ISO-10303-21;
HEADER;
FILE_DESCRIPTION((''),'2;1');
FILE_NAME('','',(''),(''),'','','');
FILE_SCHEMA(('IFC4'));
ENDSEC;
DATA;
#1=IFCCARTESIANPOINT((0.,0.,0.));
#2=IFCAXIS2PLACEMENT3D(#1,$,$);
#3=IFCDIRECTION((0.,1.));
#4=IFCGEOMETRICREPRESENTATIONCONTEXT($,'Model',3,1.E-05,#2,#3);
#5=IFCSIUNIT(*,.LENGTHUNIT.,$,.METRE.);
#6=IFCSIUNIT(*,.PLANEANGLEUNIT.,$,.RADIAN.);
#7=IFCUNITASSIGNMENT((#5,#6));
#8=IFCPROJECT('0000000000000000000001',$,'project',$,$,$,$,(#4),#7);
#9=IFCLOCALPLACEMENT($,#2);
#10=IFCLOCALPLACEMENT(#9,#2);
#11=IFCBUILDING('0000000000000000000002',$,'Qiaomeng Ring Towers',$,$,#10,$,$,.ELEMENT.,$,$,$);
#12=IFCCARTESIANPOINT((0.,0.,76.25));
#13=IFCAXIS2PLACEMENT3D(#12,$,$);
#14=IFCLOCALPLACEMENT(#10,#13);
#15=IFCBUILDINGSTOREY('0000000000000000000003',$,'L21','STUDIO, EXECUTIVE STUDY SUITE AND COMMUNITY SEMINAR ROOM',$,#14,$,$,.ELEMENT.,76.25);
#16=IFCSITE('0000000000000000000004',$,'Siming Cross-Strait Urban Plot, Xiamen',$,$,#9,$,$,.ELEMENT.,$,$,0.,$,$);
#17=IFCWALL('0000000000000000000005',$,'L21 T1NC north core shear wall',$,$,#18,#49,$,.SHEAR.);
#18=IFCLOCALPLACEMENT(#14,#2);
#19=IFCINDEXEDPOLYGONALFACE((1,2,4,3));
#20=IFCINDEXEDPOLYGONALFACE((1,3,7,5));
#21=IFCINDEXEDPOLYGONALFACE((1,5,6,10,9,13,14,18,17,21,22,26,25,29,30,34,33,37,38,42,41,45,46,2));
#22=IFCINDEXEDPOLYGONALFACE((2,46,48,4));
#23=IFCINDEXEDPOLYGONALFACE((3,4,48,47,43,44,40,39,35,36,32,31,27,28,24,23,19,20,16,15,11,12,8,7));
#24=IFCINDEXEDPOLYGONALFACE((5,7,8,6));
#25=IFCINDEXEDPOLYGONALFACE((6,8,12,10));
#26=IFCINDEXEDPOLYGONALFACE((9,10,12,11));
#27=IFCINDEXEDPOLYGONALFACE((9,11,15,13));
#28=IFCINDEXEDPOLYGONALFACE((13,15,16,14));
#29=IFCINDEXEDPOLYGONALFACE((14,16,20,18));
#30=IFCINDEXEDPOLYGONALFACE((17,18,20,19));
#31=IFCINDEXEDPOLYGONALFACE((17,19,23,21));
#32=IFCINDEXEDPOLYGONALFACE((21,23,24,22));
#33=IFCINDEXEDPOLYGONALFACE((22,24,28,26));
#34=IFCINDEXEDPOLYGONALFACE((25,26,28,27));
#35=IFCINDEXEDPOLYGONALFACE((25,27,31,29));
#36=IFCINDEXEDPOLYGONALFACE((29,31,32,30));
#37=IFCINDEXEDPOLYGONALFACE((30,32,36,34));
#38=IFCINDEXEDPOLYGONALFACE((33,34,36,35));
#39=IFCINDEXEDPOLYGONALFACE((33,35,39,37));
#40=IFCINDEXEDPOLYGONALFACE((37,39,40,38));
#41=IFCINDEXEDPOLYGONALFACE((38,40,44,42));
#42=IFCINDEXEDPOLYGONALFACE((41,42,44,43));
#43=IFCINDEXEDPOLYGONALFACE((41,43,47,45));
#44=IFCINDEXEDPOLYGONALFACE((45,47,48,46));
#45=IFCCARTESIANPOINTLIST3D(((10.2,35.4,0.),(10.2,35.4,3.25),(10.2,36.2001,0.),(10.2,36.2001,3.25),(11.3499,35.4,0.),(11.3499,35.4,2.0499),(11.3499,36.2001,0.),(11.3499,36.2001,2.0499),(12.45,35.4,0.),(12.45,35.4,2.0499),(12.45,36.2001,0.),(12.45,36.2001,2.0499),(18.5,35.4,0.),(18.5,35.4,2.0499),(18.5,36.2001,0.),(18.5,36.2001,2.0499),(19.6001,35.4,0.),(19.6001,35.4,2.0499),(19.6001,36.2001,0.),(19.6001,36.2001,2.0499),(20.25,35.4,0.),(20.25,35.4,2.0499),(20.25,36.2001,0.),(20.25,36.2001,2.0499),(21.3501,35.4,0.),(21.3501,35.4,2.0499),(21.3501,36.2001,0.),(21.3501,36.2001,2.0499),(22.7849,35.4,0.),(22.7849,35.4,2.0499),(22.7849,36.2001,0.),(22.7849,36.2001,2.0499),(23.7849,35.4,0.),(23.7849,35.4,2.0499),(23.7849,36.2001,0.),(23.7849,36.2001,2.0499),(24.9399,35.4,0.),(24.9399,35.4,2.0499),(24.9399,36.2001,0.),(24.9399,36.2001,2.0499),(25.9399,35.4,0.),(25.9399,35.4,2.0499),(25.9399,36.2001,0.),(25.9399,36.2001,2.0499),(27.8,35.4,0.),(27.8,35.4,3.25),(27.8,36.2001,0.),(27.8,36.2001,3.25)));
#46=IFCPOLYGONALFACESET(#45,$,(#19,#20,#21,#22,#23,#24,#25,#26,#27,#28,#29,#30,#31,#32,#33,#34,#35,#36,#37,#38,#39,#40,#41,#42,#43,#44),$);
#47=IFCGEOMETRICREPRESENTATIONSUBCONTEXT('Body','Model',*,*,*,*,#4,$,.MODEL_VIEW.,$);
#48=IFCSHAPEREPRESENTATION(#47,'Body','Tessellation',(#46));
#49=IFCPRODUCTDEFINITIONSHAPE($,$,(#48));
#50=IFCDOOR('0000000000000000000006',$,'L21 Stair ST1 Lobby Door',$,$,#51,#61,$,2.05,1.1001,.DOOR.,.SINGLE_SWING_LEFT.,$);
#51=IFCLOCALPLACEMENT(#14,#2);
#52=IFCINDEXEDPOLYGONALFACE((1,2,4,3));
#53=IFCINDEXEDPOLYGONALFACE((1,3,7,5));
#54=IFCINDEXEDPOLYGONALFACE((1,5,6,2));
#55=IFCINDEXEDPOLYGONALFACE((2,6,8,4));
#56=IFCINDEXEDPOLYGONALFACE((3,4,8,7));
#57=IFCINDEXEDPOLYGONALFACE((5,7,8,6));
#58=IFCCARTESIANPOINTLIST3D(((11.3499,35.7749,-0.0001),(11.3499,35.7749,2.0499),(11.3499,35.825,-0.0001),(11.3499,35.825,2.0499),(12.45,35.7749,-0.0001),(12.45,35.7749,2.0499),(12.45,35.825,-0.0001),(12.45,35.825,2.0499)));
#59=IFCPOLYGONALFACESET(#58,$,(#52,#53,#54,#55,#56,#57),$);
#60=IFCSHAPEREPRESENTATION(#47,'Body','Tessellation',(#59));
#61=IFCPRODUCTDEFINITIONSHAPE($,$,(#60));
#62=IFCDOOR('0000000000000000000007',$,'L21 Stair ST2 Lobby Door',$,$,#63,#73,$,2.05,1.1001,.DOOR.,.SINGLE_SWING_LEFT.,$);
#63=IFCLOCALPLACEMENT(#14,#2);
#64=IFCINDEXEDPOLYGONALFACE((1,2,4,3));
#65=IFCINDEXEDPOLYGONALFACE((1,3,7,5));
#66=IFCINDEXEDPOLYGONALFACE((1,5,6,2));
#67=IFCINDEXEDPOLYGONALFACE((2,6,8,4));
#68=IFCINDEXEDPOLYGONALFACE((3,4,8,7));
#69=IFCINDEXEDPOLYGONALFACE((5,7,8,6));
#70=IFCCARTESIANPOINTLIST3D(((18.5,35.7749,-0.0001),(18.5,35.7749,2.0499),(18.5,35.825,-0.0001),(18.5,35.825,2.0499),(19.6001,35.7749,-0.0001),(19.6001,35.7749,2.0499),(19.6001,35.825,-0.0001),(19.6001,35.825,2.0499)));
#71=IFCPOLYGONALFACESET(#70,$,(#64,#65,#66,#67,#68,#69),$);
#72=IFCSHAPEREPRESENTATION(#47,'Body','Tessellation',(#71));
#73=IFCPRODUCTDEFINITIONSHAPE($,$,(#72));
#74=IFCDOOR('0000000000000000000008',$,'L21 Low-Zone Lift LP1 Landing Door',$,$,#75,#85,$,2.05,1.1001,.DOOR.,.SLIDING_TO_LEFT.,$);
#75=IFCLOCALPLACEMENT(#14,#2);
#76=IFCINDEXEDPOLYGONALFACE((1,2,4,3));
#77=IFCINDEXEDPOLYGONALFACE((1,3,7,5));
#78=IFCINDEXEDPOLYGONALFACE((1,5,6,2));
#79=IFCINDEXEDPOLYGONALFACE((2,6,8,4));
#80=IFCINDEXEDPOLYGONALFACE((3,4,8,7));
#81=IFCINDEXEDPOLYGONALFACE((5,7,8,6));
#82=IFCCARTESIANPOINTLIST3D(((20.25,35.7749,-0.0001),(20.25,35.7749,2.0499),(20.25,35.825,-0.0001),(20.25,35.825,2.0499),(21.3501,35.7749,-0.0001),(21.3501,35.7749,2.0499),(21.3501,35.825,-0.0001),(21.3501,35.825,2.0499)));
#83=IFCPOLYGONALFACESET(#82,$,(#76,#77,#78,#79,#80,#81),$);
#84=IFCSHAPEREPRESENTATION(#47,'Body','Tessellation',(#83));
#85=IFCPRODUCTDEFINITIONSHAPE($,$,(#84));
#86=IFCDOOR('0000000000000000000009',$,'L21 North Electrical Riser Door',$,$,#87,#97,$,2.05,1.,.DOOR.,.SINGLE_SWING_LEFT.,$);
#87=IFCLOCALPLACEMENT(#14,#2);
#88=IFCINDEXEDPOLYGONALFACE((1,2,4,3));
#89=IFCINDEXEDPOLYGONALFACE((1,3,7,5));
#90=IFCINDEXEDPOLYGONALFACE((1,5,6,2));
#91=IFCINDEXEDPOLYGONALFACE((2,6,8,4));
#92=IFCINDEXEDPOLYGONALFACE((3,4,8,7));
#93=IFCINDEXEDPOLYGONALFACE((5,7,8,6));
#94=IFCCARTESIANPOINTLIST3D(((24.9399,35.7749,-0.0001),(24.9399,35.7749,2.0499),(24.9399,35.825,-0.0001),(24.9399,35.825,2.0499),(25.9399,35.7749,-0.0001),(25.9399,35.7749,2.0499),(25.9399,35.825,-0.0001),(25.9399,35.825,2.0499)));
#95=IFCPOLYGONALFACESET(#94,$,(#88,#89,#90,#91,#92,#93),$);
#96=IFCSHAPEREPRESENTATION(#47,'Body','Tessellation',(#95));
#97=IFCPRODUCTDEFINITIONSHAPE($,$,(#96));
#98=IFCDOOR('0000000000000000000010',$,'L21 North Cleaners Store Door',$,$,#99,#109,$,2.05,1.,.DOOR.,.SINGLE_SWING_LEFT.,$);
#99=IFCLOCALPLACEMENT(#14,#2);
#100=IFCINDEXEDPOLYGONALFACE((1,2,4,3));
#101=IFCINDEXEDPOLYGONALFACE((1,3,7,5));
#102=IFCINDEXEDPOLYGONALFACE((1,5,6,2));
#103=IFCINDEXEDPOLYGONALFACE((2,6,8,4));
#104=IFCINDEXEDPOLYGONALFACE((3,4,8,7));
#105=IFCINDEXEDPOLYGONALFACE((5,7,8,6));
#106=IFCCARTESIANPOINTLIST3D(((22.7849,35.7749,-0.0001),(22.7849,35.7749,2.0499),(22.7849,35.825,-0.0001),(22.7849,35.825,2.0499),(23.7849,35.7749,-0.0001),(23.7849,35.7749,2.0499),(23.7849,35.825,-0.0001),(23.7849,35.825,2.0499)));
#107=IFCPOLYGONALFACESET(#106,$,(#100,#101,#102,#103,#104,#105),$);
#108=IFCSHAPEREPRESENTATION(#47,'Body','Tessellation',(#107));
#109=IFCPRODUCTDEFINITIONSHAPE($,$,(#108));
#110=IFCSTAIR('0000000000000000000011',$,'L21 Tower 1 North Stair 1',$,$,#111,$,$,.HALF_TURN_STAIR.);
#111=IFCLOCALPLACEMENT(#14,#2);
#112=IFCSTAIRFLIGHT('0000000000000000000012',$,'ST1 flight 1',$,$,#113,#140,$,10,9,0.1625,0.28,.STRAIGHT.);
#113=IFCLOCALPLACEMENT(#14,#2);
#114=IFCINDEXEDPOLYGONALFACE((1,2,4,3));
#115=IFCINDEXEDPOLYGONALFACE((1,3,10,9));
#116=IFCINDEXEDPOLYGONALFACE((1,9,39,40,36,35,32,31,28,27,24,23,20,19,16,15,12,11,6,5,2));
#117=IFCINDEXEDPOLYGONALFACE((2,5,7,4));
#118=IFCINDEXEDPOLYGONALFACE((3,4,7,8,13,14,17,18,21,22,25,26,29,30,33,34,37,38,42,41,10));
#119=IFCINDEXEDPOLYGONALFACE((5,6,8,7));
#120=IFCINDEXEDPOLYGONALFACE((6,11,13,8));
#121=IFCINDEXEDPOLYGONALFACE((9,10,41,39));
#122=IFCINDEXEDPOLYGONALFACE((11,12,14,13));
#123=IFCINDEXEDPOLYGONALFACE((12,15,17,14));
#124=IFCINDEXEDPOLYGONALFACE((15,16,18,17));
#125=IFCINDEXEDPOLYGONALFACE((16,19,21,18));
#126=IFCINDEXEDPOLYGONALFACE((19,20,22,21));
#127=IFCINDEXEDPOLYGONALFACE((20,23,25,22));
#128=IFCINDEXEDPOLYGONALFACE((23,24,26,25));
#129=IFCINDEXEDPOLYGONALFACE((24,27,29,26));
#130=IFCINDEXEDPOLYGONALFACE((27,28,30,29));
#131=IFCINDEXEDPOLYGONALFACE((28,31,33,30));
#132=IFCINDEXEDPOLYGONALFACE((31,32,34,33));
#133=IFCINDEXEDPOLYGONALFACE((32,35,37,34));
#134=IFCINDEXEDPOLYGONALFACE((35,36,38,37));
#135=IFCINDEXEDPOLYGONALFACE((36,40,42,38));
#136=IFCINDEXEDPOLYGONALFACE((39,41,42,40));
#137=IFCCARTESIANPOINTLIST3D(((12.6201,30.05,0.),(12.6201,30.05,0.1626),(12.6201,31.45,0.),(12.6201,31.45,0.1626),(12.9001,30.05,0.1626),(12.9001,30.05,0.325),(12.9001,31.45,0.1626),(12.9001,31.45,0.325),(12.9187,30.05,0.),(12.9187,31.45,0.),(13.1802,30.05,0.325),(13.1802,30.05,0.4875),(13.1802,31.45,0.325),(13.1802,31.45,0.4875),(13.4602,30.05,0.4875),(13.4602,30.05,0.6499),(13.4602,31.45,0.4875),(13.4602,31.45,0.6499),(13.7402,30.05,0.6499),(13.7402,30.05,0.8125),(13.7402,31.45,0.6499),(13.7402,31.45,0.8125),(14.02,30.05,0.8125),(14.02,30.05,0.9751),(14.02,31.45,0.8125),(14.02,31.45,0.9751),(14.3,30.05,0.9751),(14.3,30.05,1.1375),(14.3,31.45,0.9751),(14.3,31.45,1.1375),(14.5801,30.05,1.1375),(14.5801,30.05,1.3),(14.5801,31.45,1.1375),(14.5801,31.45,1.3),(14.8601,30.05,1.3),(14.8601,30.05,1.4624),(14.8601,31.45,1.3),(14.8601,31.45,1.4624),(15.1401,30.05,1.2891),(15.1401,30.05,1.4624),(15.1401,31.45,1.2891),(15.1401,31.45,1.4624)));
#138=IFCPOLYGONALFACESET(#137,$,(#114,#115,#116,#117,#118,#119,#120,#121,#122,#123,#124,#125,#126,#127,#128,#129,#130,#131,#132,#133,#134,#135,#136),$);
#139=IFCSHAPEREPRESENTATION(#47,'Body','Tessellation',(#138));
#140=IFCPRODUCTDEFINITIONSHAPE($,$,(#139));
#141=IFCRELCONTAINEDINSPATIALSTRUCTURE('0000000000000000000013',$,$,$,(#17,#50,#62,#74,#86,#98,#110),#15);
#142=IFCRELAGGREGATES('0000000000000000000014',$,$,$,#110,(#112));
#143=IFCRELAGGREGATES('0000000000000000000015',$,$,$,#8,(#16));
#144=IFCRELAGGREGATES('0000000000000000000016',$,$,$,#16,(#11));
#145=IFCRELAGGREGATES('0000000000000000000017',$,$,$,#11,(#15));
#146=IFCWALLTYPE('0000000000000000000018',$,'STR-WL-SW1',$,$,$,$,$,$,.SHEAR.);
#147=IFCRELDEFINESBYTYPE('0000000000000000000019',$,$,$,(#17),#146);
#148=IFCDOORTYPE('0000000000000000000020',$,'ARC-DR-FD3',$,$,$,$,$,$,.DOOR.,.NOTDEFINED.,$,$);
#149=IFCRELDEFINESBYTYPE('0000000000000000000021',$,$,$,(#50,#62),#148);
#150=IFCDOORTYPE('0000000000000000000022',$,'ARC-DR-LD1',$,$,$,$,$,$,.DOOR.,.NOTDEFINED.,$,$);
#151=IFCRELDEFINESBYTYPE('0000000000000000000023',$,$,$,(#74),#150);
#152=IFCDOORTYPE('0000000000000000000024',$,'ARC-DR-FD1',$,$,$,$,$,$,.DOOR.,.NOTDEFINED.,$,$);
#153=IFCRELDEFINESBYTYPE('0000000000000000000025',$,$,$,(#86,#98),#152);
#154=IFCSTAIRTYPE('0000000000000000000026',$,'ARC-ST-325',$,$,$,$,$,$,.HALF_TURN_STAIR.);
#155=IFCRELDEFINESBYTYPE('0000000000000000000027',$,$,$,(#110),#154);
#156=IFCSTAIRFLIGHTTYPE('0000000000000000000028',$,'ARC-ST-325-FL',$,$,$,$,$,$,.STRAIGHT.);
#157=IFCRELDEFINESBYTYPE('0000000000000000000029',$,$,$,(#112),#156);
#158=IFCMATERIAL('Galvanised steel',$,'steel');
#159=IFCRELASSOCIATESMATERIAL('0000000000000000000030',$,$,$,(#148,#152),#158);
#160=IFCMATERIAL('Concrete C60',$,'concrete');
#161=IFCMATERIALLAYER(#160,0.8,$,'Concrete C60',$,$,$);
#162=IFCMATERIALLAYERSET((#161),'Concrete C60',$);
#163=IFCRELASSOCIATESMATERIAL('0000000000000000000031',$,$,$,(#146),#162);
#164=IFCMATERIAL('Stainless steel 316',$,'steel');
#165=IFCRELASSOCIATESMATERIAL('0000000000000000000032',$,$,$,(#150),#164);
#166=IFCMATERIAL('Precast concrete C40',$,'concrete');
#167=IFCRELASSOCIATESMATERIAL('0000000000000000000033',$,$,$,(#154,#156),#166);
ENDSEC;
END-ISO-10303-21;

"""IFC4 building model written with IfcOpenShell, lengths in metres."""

from ifc_helpers import new_model, si_unit, direction, frame, frame_2d, origin, place, context, subcontext, project, spatial, polyline, rectangle, outline, extrude, source, transform, mapped, material, layer, layer_set, type_object, element, fill, aggregate, save


model = new_model("IFC4")

# Units and contexts
model_context = context("Model", 3, precision=1e-05, world=origin(), true_north=direction((0.0, 1.0)))
body_context = subcontext(model_context, "Body", "Model", "MODEL_VIEW")
ifc_project = project(units=[si_unit("LENGTHUNIT", "METRE"), si_unit("PLANEANGLEUNIT", "RADIAN")], contexts=[model_context])

# Site, building, storey
site_placement = place(None, origin())
site = spatial("IfcSite", under=ifc_project, at=site_placement, Name="Siming Cross-Strait Urban Plot, Xiamen", CompositionType="ELEMENT", RefElevation=0.0)
building_placement = place(site_placement, origin())
building = spatial("IfcBuilding", under=site, at=building_placement, Name="Qiaomeng Ring Towers", CompositionType="ELEMENT")
storey_placement = place(building_placement, frame((0.0, 0.0, 76.25)))
storey = spatial("IfcBuildingStorey", under=building, at=storey_placement, Name="L21", Description="STUDIO, EXECUTIVE STUDY SUITE AND COMMUNITY SEMINAR ROOM", CompositionType="ELEMENT", Elevation=76.25)

# Shared definitions
shared_shape_1 = source(origin(), body_context, "Body", "SweptSolid", [
    extrude(rectangle(XDim=1.0, YDim=2.05, at=frame_2d((0.5, 1.0249))), frame((0.0, 0.0249, 0.0), z_axis=(0.0, -1.0, 0.0), x_axis=(1.0, 0.0, 0.0)), (0.0, 0.0, 1.0), 0.05),
])

# Shared definitions
ifc_material_1 = material(Name="Galvanised steel", Category="steel")
door_type_1 = type_object("IfcDoorType", Name="ARC-DR-FD3", OperationType="NOTDEFINED", PredefinedType="DOOR", material=ifc_material_1)
shared_shape_2 = source(origin(), body_context, "Body", "SweptSolid", [
    extrude(rectangle(XDim=1.1001, YDim=2.05, at=frame_2d((0.55, 1.0249))), frame((0.0, 0.0249, 0.0), z_axis=(0.0, -1.0, 0.0), x_axis=(1.0, 0.0, 0.0)), (0.0, 0.0, 1.0), 0.05),
])

# Wall, openings, doors
ifc_material_2 = material(Name="Concrete C60", Category="concrete")
ifc_layer_1 = layer(ifc_material_2, 0.8, Name="Concrete C60")
ifc_layer_set_1 = layer_set([ifc_layer_1], Name="Concrete C60")
wall_type_1 = type_object("IfcWallType", Name="STR-WL-SW1", PredefinedType="SHEAR", material=ifc_layer_set_1)
wall_1_placement = place(storey_placement, frame((10.2, 35.8, 0.0), z_axis=(0.0, 0.0, 1.0), x_axis=(1.0, 0.0, 0.0)))
wall_1 = element("IfcWall", 1, at=wall_1_placement, inside=storey, type_object=wall_type_1, Name="L21 T1NC north core shear wall", PredefinedType="SHEAR", context=body_context, shape_type="SweptSolid", body=[
    extrude(rectangle(XDim=17.6001, YDim=0.8, at=frame_2d((8.8, 0.0))), origin(), (0.0, 0.0, 1.0), 3.25),
])
opening_1_placement = place(wall_1_placement, frame((1.1499, 0.0, 0.0)))
opening_1 = element("IfcOpeningElement", 2, at=opening_1_placement, cuts=wall_1, PredefinedType="OPENING", context=body_context, shape_type="SweptSolid", body=[
    extrude(rectangle(XDim=1.1001, YDim=2.05, at=frame_2d((0.55, 1.0249))), frame((0.0, 0.4099, 0.0), z_axis=(0.0, -1.0, 0.0), x_axis=(1.0, 0.0, 0.0)), (0.0, 0.0, 1.0), 0.8201),
])
opening_2_placement = place(wall_1_placement, frame((8.3, 0.0, 0.0)))
opening_2 = element("IfcOpeningElement", 3, at=opening_2_placement, cuts=wall_1, PredefinedType="OPENING", context=body_context, shape_type="SweptSolid", body=[
    extrude(rectangle(XDim=1.1001, YDim=2.05, at=frame_2d((0.55, 1.0249))), frame((0.0, 0.4099, 0.0), z_axis=(0.0, -1.0, 0.0), x_axis=(1.0, 0.0, 0.0)), (0.0, 0.0, 1.0), 0.8201),
])
opening_3_placement = place(wall_1_placement, frame((10.05, 0.0, 0.0)))
opening_3 = element("IfcOpeningElement", 4, at=opening_3_placement, cuts=wall_1, PredefinedType="OPENING", context=body_context, shape_type="SweptSolid", body=[
    extrude(rectangle(XDim=1.1001, YDim=2.05, at=frame_2d((0.55, 1.0249))), frame((0.0, 0.4099, 0.0), z_axis=(0.0, -1.0, 0.0), x_axis=(1.0, 0.0, 0.0)), (0.0, 0.0, 1.0), 0.8201),
])
opening_4_placement = place(wall_1_placement, frame((14.74, 0.0, 0.0)))
opening_4 = element("IfcOpeningElement", 5, at=opening_4_placement, cuts=wall_1, PredefinedType="OPENING", context=body_context, shape_type="SweptSolid", body=[
    extrude(rectangle(XDim=1.0, YDim=2.05, at=frame_2d((0.5, 1.0249))), frame((0.0, 0.4099, 0.0), z_axis=(0.0, -1.0, 0.0), x_axis=(1.0, 0.0, 0.0)), (0.0, 0.0, 1.0), 0.8201),
])
opening_5_placement = place(wall_1_placement, frame((12.585, 0.0, 0.0)))
opening_5 = element("IfcOpeningElement", 6, at=opening_5_placement, cuts=wall_1, PredefinedType="OPENING", context=body_context, shape_type="SweptSolid", body=[
    extrude(rectangle(XDim=1.0, YDim=2.05, at=frame_2d((0.5, 1.0249))), frame((0.0, 0.4099, 0.0), z_axis=(0.0, -1.0, 0.0), x_axis=(1.0, 0.0, 0.0)), (0.0, 0.0, 1.0), 0.8201),
])
door_1_placement = place(opening_1_placement, origin())
door_1 = element("IfcDoor", 7, at=door_1_placement, inside=storey, type_object=door_type_1, Name="L21 Stair ST1 Lobby Door", OperationType="SINGLE_SWING_LEFT", OverallHeight=2.05, OverallWidth=1.1001, PredefinedType="DOOR", context=body_context, shape_type="MappedRepresentation", body=[
    mapped(shared_shape_2, transform((0.0, 0.0, 0.0), x_axis=(1.0, 0.0, 0.0), y_axis=(0.0, 1.0, 0.0), z_axis=(0.0, 0.0, 1.0), scale=1.0)),
])
fill(opening_1, door_1)
door_2_placement = place(opening_2_placement, origin())
door_2 = element("IfcDoor", 8, at=door_2_placement, inside=storey, type_object=door_type_1, Name="L21 Stair ST2 Lobby Door", OperationType="SINGLE_SWING_LEFT", OverallHeight=2.05, OverallWidth=1.1001, PredefinedType="DOOR", context=body_context, shape_type="MappedRepresentation", body=[
    mapped(shared_shape_2, transform((0.0, 0.0, 0.0), x_axis=(1.0, 0.0, 0.0), y_axis=(0.0, 1.0, 0.0), z_axis=(0.0, 0.0, 1.0), scale=1.0)),
])
fill(opening_2, door_2)
ifc_material_3 = material(Name="Stainless steel 316", Category="steel")
door_type_2 = type_object("IfcDoorType", Name="ARC-DR-LD1", OperationType="NOTDEFINED", PredefinedType="DOOR", material=ifc_material_3)
door_3_placement = place(opening_3_placement, origin())
door_3 = element("IfcDoor", 9, at=door_3_placement, inside=storey, type_object=door_type_2, Name="L21 Low-Zone Lift LP1 Landing Door", OperationType="SLIDING_TO_LEFT", OverallHeight=2.05, OverallWidth=1.1001, PredefinedType="DOOR", context=body_context, shape_type="MappedRepresentation", body=[
    mapped(shared_shape_2, transform((0.0, 0.0, 0.0), x_axis=(1.0, 0.0, 0.0), y_axis=(0.0, 1.0, 0.0), z_axis=(0.0, 0.0, 1.0), scale=1.0)),
])
fill(opening_3, door_3)
door_type_3 = type_object("IfcDoorType", Name="ARC-DR-FD1", OperationType="NOTDEFINED", PredefinedType="DOOR", material=ifc_material_1)
door_4_placement = place(opening_4_placement, origin())
door_4 = element("IfcDoor", 10, at=door_4_placement, inside=storey, type_object=door_type_3, Name="L21 North Electrical Riser Door", OperationType="SINGLE_SWING_LEFT", OverallHeight=2.05, OverallWidth=1.0, PredefinedType="DOOR", context=body_context, shape_type="MappedRepresentation", body=[
    mapped(shared_shape_1, transform((0.0, 0.0, 0.0), x_axis=(1.0, 0.0, 0.0), y_axis=(0.0, 1.0, 0.0), z_axis=(0.0, 0.0, 1.0), scale=1.0)),
])
fill(opening_4, door_4)
door_5_placement = place(opening_5_placement, origin())
door_5 = element("IfcDoor", 11, at=door_5_placement, inside=storey, type_object=door_type_3, Name="L21 North Cleaners Store Door", OperationType="SINGLE_SWING_LEFT", OverallHeight=2.05, OverallWidth=1.0, PredefinedType="DOOR", context=body_context, shape_type="MappedRepresentation", body=[
    mapped(shared_shape_1, transform((0.0, 0.0, 0.0), x_axis=(1.0, 0.0, 0.0), y_axis=(0.0, 1.0, 0.0), z_axis=(0.0, 0.0, 1.0), scale=1.0)),
])
fill(opening_5, door_5)

# Stair, stair flight
ifc_material_4 = material(Name="Precast concrete C40", Category="concrete")
stair_type = type_object("IfcStairType", Name="ARC-ST-325", PredefinedType="HALF_TURN_STAIR", material=ifc_material_4)
stair_placement = place(storey_placement, origin())
stair = element("IfcStair", 12, at=stair_placement, inside=storey, type_object=stair_type, Name="L21 Tower 1 North Stair 1", PredefinedType="HALF_TURN_STAIR")
stair_flight_type = type_object("IfcStairFlightType", Name="ARC-ST-325-FL", PredefinedType="STRAIGHT", material=ifc_material_4)
shared_shape_3 = source(origin(), body_context, "Body", "SweptSolid", [
    extrude(outline(polyline([(0.0, 0.0), (0.0, 0.1626), (0.28, 0.1626), (0.28, 0.325), (0.5601, 0.325), (0.5601, 0.4875), (0.8401, 0.4875), (0.8401, 0.6499), (1.1201, 0.6499), (1.1201, 0.8125), (1.3999, 0.8125), (1.3999, 0.9751), (1.6799, 0.9751), (1.6799, 1.1375), (1.96, 1.1375), (1.96, 1.3), (2.24, 1.3), (2.24, 1.4624), (2.52, 1.4624), (2.52, 1.625), (2.52, 1.2891), (0.2986, 0.0), (0.0, 0.0)])), frame((0.0, 0.7, 0.0), z_axis=(0.0, -1.0, 0.0), x_axis=(1.0, 0.0, 0.0)), (0.0, 0.0, 1.0), 1.3999),
])
stair_flight_placement = place(storey_placement, frame((12.6201, 30.75, 0.0), z_axis=(0.0, 0.0, 1.0), x_axis=(1.0, 0.0, 0.0)))
stair_flight = element("IfcStairFlight", 13, at=stair_flight_placement, type_object=stair_flight_type, Name="ST1 flight 1", NumberOfRisers=10, NumberOfTreads=9, PredefinedType="STRAIGHT", RiserHeight=0.1625, TreadLength=0.28, context=body_context, shape_type="MappedRepresentation", body=[
    mapped(shared_shape_3, transform((0.0, 0.0, 0.0), x_axis=(1.0, 0.0, 0.0), y_axis=(0.0, 1.0, 0.0), z_axis=(0.0, 0.0, 1.0), scale=1.0)),
])
aggregate(stair, [stair_flight])

save(model, "model.ifc")
